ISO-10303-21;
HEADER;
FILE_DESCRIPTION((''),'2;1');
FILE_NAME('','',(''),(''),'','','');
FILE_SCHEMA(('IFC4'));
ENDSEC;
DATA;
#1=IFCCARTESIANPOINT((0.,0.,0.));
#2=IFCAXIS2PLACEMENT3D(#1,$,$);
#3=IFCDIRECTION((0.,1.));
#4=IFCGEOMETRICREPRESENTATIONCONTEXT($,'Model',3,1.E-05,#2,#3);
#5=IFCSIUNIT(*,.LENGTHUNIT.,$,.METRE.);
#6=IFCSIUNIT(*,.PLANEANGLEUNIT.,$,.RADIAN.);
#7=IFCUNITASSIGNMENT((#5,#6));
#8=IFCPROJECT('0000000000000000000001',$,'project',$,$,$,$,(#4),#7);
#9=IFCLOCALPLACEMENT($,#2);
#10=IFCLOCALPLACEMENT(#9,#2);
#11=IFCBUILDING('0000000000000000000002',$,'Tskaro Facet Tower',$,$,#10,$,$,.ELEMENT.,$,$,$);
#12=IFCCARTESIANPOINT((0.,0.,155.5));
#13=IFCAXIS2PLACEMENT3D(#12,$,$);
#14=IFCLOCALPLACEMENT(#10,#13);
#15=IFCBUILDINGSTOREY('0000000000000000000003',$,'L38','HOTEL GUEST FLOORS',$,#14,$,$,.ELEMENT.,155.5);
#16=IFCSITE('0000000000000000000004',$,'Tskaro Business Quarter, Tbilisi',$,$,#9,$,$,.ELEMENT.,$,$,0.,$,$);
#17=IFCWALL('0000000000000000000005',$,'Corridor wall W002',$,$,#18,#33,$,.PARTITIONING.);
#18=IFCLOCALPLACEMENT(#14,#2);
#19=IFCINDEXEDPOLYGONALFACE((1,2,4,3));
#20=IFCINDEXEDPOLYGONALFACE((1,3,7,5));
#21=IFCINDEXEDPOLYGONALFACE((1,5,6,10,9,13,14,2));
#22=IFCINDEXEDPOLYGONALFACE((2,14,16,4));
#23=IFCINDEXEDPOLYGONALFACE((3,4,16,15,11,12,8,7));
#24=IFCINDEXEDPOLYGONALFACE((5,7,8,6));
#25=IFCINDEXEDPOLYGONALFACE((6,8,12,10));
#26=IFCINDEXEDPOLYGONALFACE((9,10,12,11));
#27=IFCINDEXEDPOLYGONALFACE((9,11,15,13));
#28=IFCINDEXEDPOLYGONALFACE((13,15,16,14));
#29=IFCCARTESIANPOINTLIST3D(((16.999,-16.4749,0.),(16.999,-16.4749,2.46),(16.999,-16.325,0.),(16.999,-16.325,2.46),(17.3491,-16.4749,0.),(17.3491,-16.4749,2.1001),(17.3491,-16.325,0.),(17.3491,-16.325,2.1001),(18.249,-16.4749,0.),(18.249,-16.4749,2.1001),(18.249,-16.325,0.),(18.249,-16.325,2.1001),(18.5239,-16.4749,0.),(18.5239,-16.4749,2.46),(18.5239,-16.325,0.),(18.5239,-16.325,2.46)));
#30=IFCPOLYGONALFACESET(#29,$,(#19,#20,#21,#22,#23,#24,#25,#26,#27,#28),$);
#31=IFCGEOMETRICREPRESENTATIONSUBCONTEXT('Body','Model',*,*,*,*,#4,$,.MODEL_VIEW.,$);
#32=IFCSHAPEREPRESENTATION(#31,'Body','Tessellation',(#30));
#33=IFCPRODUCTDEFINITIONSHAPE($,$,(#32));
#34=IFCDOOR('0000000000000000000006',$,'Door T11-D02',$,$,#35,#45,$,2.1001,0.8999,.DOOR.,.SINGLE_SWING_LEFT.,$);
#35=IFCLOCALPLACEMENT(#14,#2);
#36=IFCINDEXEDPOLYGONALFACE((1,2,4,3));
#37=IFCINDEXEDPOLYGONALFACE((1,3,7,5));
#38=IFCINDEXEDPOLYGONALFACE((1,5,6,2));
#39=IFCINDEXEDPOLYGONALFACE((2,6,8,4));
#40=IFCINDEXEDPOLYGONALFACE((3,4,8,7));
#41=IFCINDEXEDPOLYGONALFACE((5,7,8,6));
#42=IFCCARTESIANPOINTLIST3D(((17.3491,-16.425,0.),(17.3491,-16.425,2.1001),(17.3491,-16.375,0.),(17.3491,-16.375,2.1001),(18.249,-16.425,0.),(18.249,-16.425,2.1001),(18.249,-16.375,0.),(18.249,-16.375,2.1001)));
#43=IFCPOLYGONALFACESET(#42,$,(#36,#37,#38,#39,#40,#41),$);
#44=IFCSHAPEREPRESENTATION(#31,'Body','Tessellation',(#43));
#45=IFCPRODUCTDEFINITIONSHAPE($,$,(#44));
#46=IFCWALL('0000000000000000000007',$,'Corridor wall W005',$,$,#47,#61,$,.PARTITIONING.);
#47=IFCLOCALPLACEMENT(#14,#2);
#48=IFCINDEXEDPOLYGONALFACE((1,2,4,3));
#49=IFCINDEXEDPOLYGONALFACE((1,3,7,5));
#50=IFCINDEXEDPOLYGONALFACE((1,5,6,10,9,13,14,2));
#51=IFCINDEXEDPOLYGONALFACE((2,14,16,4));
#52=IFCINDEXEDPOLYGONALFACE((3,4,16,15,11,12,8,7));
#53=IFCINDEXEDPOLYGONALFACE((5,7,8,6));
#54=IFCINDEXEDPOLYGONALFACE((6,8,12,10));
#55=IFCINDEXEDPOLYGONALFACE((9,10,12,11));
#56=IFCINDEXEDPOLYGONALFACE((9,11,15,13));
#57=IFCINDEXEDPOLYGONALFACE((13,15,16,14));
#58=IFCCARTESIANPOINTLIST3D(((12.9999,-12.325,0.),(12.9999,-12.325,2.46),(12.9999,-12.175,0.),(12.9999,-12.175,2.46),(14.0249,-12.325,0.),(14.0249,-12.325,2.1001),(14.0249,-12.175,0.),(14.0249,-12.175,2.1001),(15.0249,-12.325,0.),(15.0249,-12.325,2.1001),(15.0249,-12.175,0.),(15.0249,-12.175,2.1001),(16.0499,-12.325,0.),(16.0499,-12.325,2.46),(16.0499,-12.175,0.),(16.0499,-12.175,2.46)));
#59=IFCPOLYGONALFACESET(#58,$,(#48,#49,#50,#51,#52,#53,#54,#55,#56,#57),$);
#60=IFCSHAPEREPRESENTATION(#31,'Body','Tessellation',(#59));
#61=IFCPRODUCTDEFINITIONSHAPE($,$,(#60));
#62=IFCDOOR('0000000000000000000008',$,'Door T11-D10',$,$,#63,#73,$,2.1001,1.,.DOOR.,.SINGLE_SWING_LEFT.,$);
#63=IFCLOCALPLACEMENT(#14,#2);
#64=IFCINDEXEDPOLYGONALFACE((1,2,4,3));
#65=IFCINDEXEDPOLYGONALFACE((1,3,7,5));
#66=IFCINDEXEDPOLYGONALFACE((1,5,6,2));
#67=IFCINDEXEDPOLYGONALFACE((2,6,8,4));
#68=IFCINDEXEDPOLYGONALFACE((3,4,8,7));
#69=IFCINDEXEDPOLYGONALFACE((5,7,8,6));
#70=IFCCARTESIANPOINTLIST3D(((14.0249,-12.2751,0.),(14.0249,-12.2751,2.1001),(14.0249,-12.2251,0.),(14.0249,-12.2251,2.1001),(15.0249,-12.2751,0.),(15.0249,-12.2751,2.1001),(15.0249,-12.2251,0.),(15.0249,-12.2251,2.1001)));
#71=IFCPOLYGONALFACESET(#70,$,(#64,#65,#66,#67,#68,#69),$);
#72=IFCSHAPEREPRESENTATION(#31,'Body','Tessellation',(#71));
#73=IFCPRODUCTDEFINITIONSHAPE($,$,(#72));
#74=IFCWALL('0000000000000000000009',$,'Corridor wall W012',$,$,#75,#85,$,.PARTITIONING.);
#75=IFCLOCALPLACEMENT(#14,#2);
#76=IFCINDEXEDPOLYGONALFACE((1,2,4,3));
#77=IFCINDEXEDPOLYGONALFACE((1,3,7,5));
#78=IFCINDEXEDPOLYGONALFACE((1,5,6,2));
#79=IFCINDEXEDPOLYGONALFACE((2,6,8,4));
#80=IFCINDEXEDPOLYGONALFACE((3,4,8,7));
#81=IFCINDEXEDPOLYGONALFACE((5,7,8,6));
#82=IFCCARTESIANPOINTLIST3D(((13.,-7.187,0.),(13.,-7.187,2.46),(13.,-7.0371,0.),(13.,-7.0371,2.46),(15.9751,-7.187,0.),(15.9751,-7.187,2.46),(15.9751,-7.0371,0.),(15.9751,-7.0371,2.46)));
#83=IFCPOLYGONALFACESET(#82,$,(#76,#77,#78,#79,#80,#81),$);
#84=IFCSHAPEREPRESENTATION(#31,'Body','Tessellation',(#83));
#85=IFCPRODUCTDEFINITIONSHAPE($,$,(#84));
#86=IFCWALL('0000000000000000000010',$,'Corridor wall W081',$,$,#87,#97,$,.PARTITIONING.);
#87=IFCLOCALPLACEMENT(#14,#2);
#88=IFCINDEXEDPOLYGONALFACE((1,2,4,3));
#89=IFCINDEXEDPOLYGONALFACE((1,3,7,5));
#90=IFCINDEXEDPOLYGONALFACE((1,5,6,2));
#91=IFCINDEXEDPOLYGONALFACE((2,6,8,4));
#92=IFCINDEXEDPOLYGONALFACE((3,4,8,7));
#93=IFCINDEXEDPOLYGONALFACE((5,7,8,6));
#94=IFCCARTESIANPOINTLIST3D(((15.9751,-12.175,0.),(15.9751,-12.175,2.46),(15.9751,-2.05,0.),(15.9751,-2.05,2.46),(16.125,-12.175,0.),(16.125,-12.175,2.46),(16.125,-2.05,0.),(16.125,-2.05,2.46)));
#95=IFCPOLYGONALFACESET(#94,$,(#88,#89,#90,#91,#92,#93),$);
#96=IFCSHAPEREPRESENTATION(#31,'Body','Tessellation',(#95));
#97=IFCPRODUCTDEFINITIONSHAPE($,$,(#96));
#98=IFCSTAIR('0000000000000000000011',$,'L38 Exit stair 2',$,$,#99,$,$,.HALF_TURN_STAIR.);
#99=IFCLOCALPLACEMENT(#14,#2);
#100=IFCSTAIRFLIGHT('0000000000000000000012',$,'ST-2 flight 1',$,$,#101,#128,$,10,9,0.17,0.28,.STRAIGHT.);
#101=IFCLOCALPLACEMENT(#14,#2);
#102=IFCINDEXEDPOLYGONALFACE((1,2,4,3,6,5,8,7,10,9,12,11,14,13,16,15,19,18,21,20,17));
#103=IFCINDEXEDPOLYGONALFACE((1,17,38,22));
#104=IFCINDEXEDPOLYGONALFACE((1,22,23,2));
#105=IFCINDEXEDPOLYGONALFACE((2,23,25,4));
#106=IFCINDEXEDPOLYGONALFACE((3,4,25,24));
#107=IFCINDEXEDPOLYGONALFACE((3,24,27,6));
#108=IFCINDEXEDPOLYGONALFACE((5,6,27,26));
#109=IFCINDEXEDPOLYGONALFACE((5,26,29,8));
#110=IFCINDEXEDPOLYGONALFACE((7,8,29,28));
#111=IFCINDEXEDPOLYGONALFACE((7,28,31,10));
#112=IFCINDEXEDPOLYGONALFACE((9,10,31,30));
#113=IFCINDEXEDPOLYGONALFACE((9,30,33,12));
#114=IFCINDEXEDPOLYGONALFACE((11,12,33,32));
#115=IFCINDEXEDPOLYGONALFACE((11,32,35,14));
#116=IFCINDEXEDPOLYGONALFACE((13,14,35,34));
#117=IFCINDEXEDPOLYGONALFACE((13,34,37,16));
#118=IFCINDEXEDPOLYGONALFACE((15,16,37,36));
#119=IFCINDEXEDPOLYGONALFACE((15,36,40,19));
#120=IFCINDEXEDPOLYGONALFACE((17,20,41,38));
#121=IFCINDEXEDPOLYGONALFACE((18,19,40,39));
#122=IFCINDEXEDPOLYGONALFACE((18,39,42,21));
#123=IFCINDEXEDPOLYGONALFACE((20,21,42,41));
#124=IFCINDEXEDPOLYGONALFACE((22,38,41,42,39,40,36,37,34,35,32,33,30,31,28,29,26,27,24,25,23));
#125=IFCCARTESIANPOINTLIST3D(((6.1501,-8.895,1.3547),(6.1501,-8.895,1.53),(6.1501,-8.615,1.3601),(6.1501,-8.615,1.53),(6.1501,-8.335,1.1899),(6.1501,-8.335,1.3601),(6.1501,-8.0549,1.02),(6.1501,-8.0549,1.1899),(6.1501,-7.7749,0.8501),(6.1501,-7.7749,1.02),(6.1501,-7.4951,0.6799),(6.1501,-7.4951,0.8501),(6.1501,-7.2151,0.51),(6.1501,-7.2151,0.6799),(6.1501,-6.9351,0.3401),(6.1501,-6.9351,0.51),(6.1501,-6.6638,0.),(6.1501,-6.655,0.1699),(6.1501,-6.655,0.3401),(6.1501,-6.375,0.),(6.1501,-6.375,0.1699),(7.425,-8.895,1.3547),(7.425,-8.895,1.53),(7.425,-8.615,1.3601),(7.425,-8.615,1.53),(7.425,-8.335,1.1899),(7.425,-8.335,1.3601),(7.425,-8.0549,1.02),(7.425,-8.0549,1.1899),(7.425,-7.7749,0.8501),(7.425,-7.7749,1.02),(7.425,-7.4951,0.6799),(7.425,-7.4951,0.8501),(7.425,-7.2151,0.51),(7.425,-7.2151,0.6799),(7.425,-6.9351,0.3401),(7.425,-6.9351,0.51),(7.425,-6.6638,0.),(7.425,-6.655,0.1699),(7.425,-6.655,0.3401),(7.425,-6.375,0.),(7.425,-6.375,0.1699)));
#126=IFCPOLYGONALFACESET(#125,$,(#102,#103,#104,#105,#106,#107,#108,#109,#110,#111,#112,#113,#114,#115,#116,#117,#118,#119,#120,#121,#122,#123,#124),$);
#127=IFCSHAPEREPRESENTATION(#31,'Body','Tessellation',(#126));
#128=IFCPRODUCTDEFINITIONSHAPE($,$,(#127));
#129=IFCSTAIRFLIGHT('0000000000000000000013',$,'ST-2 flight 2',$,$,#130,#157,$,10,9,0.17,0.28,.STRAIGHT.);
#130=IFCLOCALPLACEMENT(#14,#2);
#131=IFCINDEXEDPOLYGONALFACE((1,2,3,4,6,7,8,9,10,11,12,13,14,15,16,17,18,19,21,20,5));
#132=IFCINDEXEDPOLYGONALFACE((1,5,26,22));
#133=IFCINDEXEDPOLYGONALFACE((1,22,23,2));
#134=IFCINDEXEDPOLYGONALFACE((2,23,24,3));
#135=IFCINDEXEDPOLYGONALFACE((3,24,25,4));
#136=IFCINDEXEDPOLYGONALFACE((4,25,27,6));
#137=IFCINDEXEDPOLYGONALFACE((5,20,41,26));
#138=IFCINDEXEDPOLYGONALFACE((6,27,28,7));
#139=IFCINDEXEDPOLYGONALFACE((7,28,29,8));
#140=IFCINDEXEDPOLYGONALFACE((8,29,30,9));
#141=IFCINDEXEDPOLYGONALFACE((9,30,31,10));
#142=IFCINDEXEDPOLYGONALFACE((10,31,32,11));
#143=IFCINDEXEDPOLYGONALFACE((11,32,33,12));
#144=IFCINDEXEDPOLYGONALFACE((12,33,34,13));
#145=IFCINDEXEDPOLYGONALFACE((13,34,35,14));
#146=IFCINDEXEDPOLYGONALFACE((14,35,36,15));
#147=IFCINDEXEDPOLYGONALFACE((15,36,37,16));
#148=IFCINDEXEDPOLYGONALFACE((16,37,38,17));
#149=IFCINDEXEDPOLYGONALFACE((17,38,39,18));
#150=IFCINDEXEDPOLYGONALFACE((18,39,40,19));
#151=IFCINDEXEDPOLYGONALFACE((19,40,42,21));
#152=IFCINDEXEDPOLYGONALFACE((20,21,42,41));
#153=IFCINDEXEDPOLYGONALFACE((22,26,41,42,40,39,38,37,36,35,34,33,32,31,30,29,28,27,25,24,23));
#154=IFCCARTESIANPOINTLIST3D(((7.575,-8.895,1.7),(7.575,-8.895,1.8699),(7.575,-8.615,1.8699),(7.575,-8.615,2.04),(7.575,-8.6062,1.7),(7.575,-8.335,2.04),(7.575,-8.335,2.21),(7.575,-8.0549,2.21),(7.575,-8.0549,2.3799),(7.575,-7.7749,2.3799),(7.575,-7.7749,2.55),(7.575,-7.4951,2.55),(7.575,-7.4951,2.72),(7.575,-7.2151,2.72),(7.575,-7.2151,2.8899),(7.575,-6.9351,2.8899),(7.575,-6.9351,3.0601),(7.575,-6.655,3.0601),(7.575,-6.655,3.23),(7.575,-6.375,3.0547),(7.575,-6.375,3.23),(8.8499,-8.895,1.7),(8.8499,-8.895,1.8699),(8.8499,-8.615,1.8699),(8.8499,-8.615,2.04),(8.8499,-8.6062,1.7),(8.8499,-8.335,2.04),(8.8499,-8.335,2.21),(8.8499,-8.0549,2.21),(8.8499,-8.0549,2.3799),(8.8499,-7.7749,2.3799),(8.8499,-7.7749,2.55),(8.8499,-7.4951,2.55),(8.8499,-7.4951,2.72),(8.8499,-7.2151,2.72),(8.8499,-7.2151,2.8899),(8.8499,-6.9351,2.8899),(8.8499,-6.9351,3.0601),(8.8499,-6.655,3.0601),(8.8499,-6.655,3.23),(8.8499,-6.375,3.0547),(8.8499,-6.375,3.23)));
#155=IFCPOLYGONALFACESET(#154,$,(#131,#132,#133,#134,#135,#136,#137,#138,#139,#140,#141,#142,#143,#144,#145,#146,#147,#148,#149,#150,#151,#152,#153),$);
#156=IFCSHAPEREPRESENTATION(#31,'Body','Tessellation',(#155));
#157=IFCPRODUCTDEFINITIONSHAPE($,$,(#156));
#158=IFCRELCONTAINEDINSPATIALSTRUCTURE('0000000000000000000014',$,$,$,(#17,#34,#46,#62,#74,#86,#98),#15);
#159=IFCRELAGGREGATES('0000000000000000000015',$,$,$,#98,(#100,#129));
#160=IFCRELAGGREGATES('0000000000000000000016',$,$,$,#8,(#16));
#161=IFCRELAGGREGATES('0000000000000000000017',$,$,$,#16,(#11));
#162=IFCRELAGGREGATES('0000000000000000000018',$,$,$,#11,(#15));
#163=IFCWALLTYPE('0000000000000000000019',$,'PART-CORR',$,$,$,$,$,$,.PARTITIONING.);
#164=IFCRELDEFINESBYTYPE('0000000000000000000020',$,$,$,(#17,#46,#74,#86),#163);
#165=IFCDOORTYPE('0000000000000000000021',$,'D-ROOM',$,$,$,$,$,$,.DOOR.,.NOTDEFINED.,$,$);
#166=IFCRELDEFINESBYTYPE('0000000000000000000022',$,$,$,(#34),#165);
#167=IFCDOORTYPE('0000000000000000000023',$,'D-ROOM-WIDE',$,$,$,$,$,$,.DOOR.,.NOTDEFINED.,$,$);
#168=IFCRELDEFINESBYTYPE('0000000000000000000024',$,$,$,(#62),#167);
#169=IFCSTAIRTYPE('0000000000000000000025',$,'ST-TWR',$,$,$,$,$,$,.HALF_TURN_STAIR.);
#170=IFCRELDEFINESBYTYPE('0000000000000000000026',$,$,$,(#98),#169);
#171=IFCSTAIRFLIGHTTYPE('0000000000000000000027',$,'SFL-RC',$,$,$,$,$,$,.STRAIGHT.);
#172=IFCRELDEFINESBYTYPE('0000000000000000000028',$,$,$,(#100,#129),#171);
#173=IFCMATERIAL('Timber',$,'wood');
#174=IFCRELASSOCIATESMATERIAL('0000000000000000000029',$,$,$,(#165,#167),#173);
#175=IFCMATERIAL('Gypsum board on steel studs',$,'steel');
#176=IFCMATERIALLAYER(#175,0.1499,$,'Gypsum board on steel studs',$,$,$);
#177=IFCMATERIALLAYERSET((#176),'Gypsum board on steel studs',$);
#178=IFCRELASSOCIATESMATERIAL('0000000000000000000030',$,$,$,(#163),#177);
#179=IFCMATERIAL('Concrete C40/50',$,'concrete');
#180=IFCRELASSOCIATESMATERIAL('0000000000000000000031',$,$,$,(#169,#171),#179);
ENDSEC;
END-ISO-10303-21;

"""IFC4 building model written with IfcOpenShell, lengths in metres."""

from ifc_helpers import new_model, si_unit, direction, frame, frame_2d, origin, place, context, subcontext, project, spatial, polyline, rectangle, outline, extrude, material, layer, layer_set, type_object, element, fill, aggregate, save


model = new_model("IFC4")

# Units and contexts
model_context = context("Model", 3, precision=1e-05, world=origin(), true_north=direction((0.0, 1.0)))
body_context = subcontext(model_context, "Body", "Model", "MODEL_VIEW")
ifc_project = project(units=[si_unit("LENGTHUNIT", "METRE"), si_unit("PLANEANGLEUNIT", "RADIAN")], contexts=[model_context])

# Site, building, storey
site_placement = place(None, origin())
site = spatial("IfcSite", under=ifc_project, at=site_placement, Name="Tskaro Business Quarter, Tbilisi", CompositionType="ELEMENT", RefElevation=0.0)
building_placement = place(site_placement, origin())
building = spatial("IfcBuilding", under=site, at=building_placement, Name="Tskaro Facet Tower", CompositionType="ELEMENT")
storey_placement = place(building_placement, frame((0.0, 0.0, 155.5)))
storey = spatial("IfcBuildingStorey", under=building, at=storey_placement, Name="L38", Description="HOTEL GUEST FLOORS", CompositionType="ELEMENT", Elevation=155.5)

# Shared definitions
ifc_material_1 = material(Name="Timber", Category="wood")
door_type_1 = type_object("IfcDoorType", Name="D-ROOM", OperationType="NOTDEFINED", PredefinedType="DOOR", material=ifc_material_1)
ifc_material_2 = material(Name="Concrete C40/50", Category="concrete")

# Walls, openings, doors
ifc_material_3 = material(Name="Gypsum board on steel studs", Category="steel")
ifc_layer_1 = layer(ifc_material_3, 0.1499, Name="Gypsum board on steel studs")
ifc_layer_set_1 = layer_set([ifc_layer_1], Name="Gypsum board on steel studs")
wall_type_1 = type_object("IfcWallType", Name="PART-CORR", PredefinedType="PARTITIONING", material=ifc_layer_set_1)
wall_1_placement = place(storey_placement, frame((16.999, -16.3999, 0.0), z_axis=(0.0, 0.0, 1.0), x_axis=(1.0, 0.0, 0.0)))
wall_1 = element("IfcWall", 1, at=wall_1_placement, inside=storey, type_object=wall_type_1, Name="Corridor wall W002", PredefinedType="PARTITIONING", context=body_context, shape_type="SweptSolid", body=[
    extrude(rectangle(XDim=1.5249, YDim=0.1499, at=frame_2d((0.7625, 0.0))), origin(), (0.0, 0.0, 1.0), 2.46),
])
opening_1_placement = place(wall_1_placement, frame((0.3501, 0.0, 0.0)))
opening_1 = element("IfcOpeningElement", 2, at=opening_1_placement, cuts=wall_1, PredefinedType="OPENING", context=body_context, shape_type="SweptSolid", body=[
    extrude(rectangle(XDim=0.8999, YDim=2.1001, at=frame_2d((0.45, 1.05))), frame((0.0, 0.085, 0.0), z_axis=(0.0, -1.0, 0.0), x_axis=(1.0, 0.0, 0.0)), (0.0, 0.0, 1.0), 0.1699),
])
door_1_placement = place(opening_1_placement, origin())
door_1 = element("IfcDoor", 3, at=door_1_placement, inside=storey, type_object=door_type_1, Name="Door T11-D02", OperationType="SINGLE_SWING_LEFT", OverallHeight=2.1001, OverallWidth=0.8999, PredefinedType="DOOR", context=body_context, shape_type="SweptSolid", body=[
    extrude(rectangle(XDim=0.8999, YDim=2.1001, at=frame_2d((0.45, 1.05))), frame((0.0, 0.0249, 0.0), z_axis=(0.0, -1.0, 0.0), x_axis=(1.0, 0.0, 0.0)), (0.0, 0.0, 1.0), 0.05),
])
fill(opening_1, door_1)
wall_2_placement = place(storey_placement, frame((13.0, -12.25, 0.0), z_axis=(0.0, 0.0, 1.0), x_axis=(1.0, 0.0, 0.0)))
wall_2 = element("IfcWall", 4, at=wall_2_placement, inside=storey, type_object=wall_type_1, Name="Corridor wall W005", PredefinedType="PARTITIONING", context=body_context, shape_type="SweptSolid", body=[
    extrude(rectangle(XDim=3.05, YDim=0.1499, at=frame_2d((1.5249, 0.0))), origin(), (0.0, 0.0, 1.0), 2.46),
])
opening_2_placement = place(wall_2_placement, frame((1.0249, 0.0, 0.0)))
opening_2 = element("IfcOpeningElement", 5, at=opening_2_placement, cuts=wall_2, PredefinedType="OPENING", context=body_context, shape_type="SweptSolid", body=[
    extrude(rectangle(XDim=1.0, YDim=2.1001, at=frame_2d((0.5, 1.05))), frame((0.0, 0.085, 0.0), z_axis=(0.0, -1.0, 0.0), x_axis=(1.0, 0.0, 0.0)), (0.0, 0.0, 1.0), 0.1699),
])
door_type_2 = type_object("IfcDoorType", Name="D-ROOM-WIDE", OperationType="NOTDEFINED", PredefinedType="DOOR", material=ifc_material_1)
door_2_placement = place(opening_2_placement, origin())
door_2 = element("IfcDoor", 6, at=door_2_placement, inside=storey, type_object=door_type_2, Name="Door T11-D10", OperationType="SINGLE_SWING_LEFT", OverallHeight=2.1001, OverallWidth=1.0, PredefinedType="DOOR", context=body_context, shape_type="SweptSolid", body=[
    extrude(rectangle(XDim=1.0, YDim=2.1001, at=frame_2d((0.5, 1.05))), frame((0.0, 0.0249, 0.0), z_axis=(0.0, -1.0, 0.0), x_axis=(1.0, 0.0, 0.0)), (0.0, 0.0, 1.0), 0.05),
])
fill(opening_2, door_2)

# Walls
wall_3_placement = place(storey_placement, frame((13.0, -7.1121, 0.0), z_axis=(0.0, 0.0, 1.0), x_axis=(1.0, 0.0, 0.0)))
element("IfcWall", 7, at=wall_3_placement, inside=storey, type_object=wall_type_1, Name="Corridor wall W012", PredefinedType="PARTITIONING", context=body_context, shape_type="SweptSolid", body=[
    extrude(rectangle(XDim=2.9751, YDim=0.1499, at=frame_2d((1.4875, 0.0))), origin(), (0.0, 0.0, 1.0), 2.46),
])
wall_4_placement = place(storey_placement, frame((16.05, -12.175, 0.0), z_axis=(0.0, 0.0, 1.0), x_axis=(0.0, 1.0, 0.0)))
element("IfcWall", 8, at=wall_4_placement, inside=storey, type_object=wall_type_1, Name="Corridor wall W081", PredefinedType="PARTITIONING", context=body_context, shape_type="SweptSolid", body=[
    extrude(rectangle(XDim=10.125, YDim=0.1499, at=frame_2d((5.0625, 0.0))), origin(), (0.0, 0.0, 1.0), 2.46),
])

# Stair, stair flights
stair_type = type_object("IfcStairType", Name="ST-TWR", PredefinedType="HALF_TURN_STAIR", material=ifc_material_2)
stair_placement = place(storey_placement, origin())
stair = element("IfcStair", 9, at=stair_placement, inside=storey, type_object=stair_type, Name="L38 Exit stair 2", PredefinedType="HALF_TURN_STAIR")
stair_flight_type = type_object("IfcStairFlightType", Name="SFL-RC", PredefinedType="STRAIGHT", material=ifc_material_2)
stair_flight_1_placement = place(storey_placement, frame((6.7876, -6.375, 0.0), z_axis=(0.0, 0.0, 1.0), x_axis=(0.0, -1.0, 0.0)))
stair_flight_1 = element("IfcStairFlight", 10, at=stair_flight_1_placement, type_object=stair_flight_type, Name="ST-2 flight 1", NumberOfRisers=10, NumberOfTreads=9, PredefinedType="STRAIGHT", RiserHeight=0.17, TreadLength=0.28, context=body_context, shape_type="SweptSolid", body=[
    extrude(outline(polyline([(0.0, 0.0), (0.0, 0.1699), (0.28, 0.1699), (0.28, 0.3401), (0.5601, 0.3401), (0.5601, 0.51), (0.8401, 0.51), (0.8401, 0.6799), (1.1201, 0.6799), (1.1201, 0.8501), (1.3999, 0.8501), (1.3999, 1.02), (1.6799, 1.02), (1.6799, 1.1899), (1.96, 1.1899), (1.96, 1.3601), (2.24, 1.3601), (2.24, 1.53), (2.52, 1.53), (2.52, 1.7), (2.52, 1.3547), (0.2888, 0.0), (0.0, 0.0)])), frame((0.0, 0.6375, 0.0), z_axis=(0.0, -1.0, 0.0), x_axis=(1.0, 0.0, 0.0)), (0.0, 0.0, 1.0), 1.2749),
])
stair_flight_2_placement = place(storey_placement, frame((8.2124, -8.895, 1.7), z_axis=(0.0, 0.0, 1.0), x_axis=(0.0, 1.0, 0.0)))
stair_flight_2 = element("IfcStairFlight", 11, at=stair_flight_2_placement, type_object=stair_flight_type, Name="ST-2 flight 2", NumberOfRisers=10, NumberOfTreads=9, PredefinedType="STRAIGHT", RiserHeight=0.17, TreadLength=0.28, context=body_context, shape_type="SweptSolid", body=[
    extrude(outline(polyline([(0.0, 0.0), (0.0, 0.1699), (0.28, 0.1699), (0.28, 0.3401), (0.5601, 0.3401), (0.5601, 0.51), (0.8401, 0.51), (0.8401, 0.6799), (1.1201, 0.6799), (1.1201, 0.8501), (1.3999, 0.8501), (1.3999, 1.02), (1.6799, 1.02), (1.6799, 1.1899), (1.96, 1.1899), (1.96, 1.3601), (2.24, 1.3601), (2.24, 1.53), (2.52, 1.53), (2.52, 1.7), (2.52, 1.3547), (0.2888, 0.0), (0.0, 0.0)])), frame((0.0, 0.6375, 0.0), z_axis=(0.0, -1.0, 0.0), x_axis=(1.0, 0.0, 0.0)), (0.0, 0.0, 1.0), 1.2749),
])
aggregate(stair, [stair_flight_1, stair_flight_2])

save(model, "model.ifc")
